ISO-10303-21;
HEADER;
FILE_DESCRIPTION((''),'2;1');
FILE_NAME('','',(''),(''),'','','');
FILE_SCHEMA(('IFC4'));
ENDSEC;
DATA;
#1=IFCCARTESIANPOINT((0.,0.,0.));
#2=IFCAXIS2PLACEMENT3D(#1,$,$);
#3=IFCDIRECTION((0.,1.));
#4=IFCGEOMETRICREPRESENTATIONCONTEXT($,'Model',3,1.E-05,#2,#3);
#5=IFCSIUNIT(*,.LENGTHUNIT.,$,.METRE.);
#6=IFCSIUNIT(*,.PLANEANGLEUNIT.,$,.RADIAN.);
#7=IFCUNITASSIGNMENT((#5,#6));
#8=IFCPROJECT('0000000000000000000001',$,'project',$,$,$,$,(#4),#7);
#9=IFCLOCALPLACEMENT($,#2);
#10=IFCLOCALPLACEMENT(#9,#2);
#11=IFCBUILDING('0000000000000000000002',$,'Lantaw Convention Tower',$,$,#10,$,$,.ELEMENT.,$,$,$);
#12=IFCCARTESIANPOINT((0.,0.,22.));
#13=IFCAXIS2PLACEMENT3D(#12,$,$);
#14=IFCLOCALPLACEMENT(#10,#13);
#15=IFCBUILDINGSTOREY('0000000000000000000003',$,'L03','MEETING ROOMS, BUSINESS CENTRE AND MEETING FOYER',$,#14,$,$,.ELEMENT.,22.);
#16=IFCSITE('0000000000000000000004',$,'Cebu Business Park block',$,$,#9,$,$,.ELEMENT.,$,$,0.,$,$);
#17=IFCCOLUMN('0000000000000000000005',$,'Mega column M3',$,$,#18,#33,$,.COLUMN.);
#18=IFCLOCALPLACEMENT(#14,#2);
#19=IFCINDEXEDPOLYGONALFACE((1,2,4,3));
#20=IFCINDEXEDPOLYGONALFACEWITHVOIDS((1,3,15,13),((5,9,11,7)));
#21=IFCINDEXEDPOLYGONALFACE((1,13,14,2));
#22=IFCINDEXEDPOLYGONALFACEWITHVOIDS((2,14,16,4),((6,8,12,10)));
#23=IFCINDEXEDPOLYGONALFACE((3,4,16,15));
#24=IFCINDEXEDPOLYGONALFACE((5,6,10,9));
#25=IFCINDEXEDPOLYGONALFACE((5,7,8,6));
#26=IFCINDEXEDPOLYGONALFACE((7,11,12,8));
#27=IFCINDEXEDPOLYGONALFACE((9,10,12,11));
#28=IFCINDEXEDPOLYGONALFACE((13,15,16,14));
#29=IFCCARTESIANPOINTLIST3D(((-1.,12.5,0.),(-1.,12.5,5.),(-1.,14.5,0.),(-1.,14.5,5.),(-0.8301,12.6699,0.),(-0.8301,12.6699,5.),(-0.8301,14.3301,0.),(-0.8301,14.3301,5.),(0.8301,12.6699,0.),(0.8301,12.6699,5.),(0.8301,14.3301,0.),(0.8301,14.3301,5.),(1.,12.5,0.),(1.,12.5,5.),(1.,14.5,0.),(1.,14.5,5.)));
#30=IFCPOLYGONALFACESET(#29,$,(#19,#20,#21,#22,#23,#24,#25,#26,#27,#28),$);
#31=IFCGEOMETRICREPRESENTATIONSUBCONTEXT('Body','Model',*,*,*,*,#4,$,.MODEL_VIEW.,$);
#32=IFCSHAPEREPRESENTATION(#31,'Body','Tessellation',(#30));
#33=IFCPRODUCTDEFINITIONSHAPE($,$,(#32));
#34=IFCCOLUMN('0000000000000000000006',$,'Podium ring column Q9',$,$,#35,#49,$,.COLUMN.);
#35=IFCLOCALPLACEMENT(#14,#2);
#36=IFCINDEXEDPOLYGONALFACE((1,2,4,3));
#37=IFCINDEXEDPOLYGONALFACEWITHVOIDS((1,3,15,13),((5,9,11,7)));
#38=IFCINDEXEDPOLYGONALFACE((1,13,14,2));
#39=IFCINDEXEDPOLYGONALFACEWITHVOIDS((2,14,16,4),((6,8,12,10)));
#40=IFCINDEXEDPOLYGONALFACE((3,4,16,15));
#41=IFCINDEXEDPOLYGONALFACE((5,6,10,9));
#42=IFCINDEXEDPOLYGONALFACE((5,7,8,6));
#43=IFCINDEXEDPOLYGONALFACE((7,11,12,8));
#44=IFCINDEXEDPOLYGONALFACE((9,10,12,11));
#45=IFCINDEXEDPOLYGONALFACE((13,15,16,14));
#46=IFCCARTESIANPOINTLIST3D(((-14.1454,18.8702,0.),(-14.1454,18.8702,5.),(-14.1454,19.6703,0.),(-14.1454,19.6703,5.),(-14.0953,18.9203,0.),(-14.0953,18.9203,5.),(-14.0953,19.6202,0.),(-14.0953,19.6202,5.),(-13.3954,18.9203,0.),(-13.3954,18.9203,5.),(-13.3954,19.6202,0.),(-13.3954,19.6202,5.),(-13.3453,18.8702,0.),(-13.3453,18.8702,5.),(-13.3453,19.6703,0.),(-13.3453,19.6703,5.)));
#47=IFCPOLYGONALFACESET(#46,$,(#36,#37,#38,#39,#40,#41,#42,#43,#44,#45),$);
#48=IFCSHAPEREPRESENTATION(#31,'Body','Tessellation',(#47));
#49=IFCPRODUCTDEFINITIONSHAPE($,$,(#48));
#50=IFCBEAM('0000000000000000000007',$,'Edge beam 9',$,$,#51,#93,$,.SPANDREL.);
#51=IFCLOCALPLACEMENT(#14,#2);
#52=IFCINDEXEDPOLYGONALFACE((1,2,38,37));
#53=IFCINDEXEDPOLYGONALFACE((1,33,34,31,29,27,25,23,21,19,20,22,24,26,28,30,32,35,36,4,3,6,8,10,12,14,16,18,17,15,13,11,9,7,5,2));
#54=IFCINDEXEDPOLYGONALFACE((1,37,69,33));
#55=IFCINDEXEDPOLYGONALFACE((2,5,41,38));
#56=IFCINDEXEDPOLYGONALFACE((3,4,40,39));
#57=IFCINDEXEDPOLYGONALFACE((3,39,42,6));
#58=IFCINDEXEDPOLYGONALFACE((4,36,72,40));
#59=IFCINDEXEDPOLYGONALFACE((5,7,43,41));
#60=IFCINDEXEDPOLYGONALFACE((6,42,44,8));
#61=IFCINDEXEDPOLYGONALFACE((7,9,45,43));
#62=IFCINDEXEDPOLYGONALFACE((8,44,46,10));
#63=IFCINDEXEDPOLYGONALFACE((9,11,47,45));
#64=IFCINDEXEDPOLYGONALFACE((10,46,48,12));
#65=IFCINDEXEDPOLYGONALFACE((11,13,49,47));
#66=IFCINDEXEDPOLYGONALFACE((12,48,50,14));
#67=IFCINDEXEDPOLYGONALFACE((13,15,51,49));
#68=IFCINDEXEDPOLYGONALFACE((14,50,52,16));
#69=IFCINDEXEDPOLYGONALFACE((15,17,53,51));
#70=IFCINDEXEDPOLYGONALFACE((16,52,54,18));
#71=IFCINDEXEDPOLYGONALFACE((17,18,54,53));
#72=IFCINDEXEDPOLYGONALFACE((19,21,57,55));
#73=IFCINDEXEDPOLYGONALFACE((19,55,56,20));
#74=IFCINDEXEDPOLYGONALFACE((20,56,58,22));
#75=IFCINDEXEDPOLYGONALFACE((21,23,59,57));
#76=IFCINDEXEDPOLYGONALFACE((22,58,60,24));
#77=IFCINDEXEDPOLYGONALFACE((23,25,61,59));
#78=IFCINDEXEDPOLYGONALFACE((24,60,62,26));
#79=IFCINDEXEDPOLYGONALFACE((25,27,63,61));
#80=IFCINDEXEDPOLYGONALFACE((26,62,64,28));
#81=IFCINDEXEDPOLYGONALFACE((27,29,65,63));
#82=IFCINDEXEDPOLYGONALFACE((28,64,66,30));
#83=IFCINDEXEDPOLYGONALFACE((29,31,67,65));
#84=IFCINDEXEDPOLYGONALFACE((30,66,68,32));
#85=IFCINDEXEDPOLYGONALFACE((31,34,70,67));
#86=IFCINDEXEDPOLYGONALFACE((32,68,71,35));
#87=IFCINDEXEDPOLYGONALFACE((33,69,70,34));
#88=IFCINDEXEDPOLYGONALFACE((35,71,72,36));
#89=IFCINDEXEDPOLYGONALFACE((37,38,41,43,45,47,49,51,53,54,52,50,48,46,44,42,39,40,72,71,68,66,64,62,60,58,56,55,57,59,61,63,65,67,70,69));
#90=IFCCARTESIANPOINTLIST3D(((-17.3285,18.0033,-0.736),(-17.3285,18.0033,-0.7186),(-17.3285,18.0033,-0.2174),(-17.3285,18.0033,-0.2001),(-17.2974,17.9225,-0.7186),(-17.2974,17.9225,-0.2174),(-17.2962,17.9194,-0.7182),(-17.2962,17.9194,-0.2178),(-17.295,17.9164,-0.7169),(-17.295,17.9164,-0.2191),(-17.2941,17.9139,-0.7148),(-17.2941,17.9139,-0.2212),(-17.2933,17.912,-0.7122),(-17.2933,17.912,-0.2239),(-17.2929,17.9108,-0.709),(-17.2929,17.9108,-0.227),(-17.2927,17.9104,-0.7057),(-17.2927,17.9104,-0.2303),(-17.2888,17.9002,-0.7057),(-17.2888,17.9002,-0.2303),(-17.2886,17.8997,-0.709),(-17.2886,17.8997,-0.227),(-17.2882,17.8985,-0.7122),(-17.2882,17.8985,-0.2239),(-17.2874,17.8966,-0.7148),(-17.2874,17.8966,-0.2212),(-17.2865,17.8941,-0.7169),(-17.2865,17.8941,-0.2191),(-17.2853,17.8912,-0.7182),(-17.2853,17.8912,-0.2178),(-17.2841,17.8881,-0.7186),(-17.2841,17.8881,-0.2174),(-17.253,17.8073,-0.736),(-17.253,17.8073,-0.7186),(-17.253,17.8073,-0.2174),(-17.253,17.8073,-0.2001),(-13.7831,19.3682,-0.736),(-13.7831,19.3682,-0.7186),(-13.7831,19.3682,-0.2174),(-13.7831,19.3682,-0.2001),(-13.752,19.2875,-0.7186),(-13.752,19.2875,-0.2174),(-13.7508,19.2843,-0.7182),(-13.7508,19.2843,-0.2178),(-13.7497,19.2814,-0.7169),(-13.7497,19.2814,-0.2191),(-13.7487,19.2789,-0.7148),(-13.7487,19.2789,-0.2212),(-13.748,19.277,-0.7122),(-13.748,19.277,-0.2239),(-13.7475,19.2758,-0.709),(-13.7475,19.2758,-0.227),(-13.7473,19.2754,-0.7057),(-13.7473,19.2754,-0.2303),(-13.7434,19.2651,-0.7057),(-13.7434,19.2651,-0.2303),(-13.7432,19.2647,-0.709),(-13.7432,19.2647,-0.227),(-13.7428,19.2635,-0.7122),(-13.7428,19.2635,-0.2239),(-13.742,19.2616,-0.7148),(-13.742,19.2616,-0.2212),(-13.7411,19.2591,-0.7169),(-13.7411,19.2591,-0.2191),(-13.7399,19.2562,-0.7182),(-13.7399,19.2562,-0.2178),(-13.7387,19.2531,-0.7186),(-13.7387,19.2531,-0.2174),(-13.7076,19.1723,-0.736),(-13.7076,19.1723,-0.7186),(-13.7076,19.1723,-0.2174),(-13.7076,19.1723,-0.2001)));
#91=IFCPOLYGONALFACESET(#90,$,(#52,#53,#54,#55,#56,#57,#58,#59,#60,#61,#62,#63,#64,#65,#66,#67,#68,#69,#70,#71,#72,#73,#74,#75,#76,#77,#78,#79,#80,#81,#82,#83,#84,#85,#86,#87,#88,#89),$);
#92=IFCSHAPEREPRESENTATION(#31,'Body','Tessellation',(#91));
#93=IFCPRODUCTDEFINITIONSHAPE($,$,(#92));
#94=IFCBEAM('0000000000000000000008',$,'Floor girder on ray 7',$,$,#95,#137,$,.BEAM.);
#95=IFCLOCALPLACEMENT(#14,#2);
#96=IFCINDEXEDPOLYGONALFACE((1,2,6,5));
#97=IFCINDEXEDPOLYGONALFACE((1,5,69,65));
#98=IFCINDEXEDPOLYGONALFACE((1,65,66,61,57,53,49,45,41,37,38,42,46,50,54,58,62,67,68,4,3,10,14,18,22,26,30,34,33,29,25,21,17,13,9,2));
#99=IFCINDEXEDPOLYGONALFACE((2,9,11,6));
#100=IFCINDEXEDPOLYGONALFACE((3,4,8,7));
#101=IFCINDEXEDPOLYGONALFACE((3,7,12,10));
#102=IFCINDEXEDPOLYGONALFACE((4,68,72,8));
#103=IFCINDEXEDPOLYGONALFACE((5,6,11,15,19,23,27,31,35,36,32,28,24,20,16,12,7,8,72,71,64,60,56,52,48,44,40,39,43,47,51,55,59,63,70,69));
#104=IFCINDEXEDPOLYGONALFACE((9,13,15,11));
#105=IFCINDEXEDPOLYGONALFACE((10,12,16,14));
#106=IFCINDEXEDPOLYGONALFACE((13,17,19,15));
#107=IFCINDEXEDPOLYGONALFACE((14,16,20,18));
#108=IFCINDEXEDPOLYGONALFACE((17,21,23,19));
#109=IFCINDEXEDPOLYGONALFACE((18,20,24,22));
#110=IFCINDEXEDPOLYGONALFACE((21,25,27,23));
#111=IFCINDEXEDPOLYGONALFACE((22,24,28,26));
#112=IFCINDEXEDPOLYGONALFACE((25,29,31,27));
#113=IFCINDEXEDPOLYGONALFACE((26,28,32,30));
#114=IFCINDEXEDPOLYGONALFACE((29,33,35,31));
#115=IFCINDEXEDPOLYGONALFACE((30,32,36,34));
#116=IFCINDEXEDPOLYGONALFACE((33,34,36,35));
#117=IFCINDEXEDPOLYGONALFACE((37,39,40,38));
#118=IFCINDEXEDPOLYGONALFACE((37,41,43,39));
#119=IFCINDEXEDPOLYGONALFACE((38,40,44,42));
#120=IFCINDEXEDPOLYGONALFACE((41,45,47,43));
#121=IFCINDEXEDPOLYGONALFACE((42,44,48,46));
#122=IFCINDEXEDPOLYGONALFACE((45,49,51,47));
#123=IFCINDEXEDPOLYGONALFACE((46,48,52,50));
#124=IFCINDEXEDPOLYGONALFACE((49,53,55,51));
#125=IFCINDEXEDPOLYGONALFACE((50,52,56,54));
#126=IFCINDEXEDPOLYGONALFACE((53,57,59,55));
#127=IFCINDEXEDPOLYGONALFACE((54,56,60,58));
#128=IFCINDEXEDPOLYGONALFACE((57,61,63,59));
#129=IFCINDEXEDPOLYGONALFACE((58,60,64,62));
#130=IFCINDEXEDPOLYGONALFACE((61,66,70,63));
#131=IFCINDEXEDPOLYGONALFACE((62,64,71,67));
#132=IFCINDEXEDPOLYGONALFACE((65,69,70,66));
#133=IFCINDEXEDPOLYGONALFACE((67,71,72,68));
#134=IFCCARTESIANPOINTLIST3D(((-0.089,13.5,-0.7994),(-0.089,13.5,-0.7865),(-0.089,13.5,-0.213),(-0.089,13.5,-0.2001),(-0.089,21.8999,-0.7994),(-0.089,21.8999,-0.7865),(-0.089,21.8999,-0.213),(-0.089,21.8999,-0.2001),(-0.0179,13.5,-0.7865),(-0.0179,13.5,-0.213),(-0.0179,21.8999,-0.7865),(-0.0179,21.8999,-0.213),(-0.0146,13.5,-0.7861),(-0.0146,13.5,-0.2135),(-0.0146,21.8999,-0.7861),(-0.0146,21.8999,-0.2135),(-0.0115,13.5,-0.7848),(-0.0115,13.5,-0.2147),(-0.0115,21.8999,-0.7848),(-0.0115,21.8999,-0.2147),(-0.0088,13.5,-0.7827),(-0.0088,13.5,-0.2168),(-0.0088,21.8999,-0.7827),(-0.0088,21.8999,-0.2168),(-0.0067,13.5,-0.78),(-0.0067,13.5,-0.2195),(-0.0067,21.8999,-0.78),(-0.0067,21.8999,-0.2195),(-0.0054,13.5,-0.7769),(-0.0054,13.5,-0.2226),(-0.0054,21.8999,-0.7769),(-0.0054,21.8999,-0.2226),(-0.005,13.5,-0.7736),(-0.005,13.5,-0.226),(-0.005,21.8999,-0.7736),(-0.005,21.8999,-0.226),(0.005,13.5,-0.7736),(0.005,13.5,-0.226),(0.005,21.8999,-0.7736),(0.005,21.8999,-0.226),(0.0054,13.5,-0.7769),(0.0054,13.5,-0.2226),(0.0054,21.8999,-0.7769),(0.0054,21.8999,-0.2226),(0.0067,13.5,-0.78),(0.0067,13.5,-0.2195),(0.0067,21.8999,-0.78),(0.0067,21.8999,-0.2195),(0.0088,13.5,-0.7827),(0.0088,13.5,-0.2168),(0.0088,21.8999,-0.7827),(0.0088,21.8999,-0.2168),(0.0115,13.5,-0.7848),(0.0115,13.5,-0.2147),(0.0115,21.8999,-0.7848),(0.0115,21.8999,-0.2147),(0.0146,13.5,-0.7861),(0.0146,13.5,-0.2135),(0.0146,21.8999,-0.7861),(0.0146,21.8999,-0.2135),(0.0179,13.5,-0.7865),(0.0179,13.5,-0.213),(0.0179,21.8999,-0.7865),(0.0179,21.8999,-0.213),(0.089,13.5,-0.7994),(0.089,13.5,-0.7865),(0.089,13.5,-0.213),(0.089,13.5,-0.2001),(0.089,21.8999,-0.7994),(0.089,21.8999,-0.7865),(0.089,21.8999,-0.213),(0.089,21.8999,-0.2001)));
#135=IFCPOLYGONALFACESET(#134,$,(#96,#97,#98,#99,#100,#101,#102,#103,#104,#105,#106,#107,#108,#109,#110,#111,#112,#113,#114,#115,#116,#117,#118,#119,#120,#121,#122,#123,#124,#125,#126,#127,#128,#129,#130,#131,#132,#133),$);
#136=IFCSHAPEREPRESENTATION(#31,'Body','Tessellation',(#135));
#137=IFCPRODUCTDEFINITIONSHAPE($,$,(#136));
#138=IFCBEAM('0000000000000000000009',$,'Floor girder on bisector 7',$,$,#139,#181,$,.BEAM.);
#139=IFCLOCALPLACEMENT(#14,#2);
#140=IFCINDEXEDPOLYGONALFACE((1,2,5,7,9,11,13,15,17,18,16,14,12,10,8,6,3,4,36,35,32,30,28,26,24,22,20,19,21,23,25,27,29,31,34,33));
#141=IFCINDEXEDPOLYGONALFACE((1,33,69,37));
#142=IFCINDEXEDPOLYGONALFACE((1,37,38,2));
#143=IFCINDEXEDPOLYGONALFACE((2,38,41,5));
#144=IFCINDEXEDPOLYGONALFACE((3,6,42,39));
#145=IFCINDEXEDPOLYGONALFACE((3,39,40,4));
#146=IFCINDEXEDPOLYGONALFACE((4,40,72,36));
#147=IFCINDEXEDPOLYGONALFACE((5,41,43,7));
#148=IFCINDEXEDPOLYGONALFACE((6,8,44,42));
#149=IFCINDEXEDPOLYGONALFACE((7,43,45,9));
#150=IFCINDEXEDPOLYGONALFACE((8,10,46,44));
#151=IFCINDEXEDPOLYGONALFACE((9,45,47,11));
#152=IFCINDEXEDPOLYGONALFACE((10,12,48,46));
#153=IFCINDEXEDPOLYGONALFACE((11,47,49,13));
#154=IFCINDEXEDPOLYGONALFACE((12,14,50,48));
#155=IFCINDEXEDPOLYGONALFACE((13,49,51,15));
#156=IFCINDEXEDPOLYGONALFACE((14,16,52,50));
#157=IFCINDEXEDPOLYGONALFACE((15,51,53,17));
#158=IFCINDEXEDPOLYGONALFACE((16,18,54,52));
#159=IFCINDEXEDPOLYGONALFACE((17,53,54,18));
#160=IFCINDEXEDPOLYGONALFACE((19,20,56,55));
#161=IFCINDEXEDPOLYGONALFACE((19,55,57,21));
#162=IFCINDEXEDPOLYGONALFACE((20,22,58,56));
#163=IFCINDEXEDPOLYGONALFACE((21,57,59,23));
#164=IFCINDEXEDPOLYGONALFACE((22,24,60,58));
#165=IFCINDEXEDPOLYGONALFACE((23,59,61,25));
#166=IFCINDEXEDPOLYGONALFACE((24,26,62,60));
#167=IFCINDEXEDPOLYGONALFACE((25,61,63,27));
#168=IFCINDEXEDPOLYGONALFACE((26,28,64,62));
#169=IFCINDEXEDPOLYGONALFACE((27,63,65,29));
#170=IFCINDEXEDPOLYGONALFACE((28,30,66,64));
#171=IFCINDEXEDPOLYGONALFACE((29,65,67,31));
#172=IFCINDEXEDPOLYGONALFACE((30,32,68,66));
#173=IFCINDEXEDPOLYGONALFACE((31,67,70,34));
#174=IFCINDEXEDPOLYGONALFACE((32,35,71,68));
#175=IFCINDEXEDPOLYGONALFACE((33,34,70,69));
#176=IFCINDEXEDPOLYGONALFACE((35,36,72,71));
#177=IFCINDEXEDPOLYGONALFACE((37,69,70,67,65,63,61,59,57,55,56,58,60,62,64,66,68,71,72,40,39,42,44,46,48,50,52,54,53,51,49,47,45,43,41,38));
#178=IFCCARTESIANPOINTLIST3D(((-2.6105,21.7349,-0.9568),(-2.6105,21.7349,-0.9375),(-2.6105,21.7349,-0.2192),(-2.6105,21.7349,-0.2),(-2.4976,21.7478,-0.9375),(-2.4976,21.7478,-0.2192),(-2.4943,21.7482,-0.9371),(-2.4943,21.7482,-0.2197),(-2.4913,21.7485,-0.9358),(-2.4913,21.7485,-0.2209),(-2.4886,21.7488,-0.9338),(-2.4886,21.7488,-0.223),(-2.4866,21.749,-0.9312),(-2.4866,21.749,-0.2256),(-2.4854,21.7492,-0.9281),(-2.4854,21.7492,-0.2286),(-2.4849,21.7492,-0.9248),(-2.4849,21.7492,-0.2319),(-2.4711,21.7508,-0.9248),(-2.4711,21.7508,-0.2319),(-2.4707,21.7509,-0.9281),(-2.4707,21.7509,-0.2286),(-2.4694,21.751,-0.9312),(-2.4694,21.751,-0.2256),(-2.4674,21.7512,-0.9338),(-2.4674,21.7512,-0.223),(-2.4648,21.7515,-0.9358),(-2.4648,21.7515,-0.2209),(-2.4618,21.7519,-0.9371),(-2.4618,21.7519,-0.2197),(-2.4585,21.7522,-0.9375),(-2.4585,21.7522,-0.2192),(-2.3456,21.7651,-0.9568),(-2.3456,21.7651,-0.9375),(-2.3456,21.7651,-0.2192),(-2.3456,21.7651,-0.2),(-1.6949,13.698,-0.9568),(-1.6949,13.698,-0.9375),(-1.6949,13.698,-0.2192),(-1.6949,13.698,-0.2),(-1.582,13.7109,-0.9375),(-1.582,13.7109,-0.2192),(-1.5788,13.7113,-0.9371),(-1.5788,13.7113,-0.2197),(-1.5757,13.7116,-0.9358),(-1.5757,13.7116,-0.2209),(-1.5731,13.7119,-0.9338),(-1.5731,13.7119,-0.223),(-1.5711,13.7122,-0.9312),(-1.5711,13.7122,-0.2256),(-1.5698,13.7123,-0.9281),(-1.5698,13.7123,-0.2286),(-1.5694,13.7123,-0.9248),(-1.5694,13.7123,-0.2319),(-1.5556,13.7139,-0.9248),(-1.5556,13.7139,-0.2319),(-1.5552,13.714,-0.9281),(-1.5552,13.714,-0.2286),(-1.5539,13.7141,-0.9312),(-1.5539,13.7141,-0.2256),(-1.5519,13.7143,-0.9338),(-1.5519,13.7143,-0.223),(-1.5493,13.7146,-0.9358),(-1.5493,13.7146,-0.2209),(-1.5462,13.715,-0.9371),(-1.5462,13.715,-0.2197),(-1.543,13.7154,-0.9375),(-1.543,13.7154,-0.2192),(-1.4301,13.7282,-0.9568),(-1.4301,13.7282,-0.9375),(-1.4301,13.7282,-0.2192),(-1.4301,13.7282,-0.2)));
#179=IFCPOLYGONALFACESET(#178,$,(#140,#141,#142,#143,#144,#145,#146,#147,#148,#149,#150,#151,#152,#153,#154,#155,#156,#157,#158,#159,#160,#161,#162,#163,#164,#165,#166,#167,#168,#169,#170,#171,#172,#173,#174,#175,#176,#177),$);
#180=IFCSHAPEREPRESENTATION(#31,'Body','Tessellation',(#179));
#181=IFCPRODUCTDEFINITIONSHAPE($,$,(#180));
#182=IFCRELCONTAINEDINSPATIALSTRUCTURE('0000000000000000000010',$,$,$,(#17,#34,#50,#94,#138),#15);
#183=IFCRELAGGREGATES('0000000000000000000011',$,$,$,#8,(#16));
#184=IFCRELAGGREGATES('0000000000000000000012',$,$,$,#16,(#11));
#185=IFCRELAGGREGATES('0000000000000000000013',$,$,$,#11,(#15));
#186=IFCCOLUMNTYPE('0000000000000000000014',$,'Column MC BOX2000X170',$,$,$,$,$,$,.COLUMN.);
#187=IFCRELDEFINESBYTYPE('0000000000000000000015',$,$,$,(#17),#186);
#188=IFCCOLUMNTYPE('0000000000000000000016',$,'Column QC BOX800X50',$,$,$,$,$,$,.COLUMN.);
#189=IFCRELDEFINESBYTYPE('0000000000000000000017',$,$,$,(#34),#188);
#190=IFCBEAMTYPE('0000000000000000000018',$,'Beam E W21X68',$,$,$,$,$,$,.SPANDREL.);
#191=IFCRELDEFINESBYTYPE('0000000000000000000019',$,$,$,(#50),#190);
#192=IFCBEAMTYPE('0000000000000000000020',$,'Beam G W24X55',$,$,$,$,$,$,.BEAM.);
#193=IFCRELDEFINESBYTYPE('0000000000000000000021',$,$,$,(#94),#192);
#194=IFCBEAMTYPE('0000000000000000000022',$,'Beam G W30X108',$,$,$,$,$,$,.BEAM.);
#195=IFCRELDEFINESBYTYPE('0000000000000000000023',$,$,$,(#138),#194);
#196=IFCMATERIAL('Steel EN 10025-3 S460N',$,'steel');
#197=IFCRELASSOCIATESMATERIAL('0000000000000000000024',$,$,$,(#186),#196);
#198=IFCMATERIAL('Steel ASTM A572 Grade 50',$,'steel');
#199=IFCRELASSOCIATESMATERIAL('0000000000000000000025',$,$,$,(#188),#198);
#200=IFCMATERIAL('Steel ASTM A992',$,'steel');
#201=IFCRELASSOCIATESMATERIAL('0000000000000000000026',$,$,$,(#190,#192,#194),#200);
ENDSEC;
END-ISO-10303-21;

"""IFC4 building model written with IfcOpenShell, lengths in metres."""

from ifc_helpers import new_model, si_unit, direction, frame, origin, origin_2d, place, context, subcontext, project, spatial, rectangle, hollow_rectangle, i_section, extrude, material, material_profile, profile_set, type_object, element, save


model = new_model("IFC4")

# Units and contexts
model_context = context("Model", 3, precision=1e-05, world=origin(), true_north=direction((0.0, 1.0)))
body_context = subcontext(model_context, "Body", "Model", "MODEL_VIEW")
ifc_project = project(units=[si_unit("LENGTHUNIT", "METRE"), si_unit("PLANEANGLEUNIT", "RADIAN")], contexts=[model_context])

# Site, building, storey
site_placement = place(None, origin())
site = spatial("IfcSite", under=ifc_project, at=site_placement, Name="Cebu Business Park block", CompositionType="ELEMENT", RefElevation=0.0)
building_placement = place(site_placement, origin())
building = spatial("IfcBuilding", under=site, at=building_placement, Name="Lantaw Convention Tower", CompositionType="ELEMENT")
storey_placement = place(building_placement, frame((0.0, 0.0, 22.0)))
storey = spatial("IfcBuildingStorey", under=building, at=storey_placement, Name="L03", Description="MEETING ROOMS, BUSINESS CENTRE AND MEETING FOYER", CompositionType="ELEMENT", Elevation=22.0)

# Columns
ifc_material_1 = material(Name="Steel EN 10025-3 S460N", Category="steel")
ifc_material_profile_1 = material_profile(ifc_material_1, hollow_rectangle(XDim=2.0, YDim=2.0, WallThickness=0.1699, at=origin_2d()), Name="BOX2000X170")
ifc_material_2 = material(Name="Concrete C60/75", Category="concrete")
ifc_material_profile_2 = material_profile(ifc_material_2, rectangle(XDim=1.6599, YDim=1.6599, at=origin_2d()), Name="Concrete fill of BOX2000X170")
ifc_profile_set_1 = profile_set([ifc_material_profile_1, ifc_material_profile_2], Name="Steel EN 10025-3 S460N")
column_type_1 = type_object("IfcColumnType", Name="Column MC BOX2000X170", PredefinedType="COLUMN", material=ifc_profile_set_1)
column_1_placement = place(storey_placement, frame((0.0, 13.5, 0.0), z_axis=(0.0, 0.0, 1.0), x_axis=(1.0, 0.0, 0.0)))
element("IfcColumn", 1, at=column_1_placement, inside=storey, type_object=column_type_1, Name="Mega column M3", PredefinedType="COLUMN", context=body_context, shape_type="SweptSolid", body=[
    extrude(hollow_rectangle(XDim=2.0, YDim=2.0, WallThickness=0.1699, at=origin_2d()), origin(), (0.0, 0.0, 1.0), 5.0),
])
ifc_material_3 = material(Name="Steel ASTM A572 Grade 50", Category="steel")
ifc_material_profile_3 = material_profile(ifc_material_3, hollow_rectangle(XDim=0.8, YDim=0.8, WallThickness=0.05, at=origin_2d()), Name="BOX800X50")
ifc_profile_set_2 = profile_set([ifc_material_profile_3], Name="Steel ASTM A572 Grade 50")
column_type_2 = type_object("IfcColumnType", Name="Column QC BOX800X50", PredefinedType="COLUMN", material=ifc_profile_set_2)
column_2_placement = place(storey_placement, frame((-13.7454, 19.2703, 0.0), z_axis=(0.0, 0.0, 1.0), x_axis=(1.0, 0.0, 0.0)))
element("IfcColumn", 2, at=column_2_placement, inside=storey, type_object=column_type_2, Name="Podium ring column Q9", PredefinedType="COLUMN", context=body_context, shape_type="SweptSolid", body=[
    extrude(hollow_rectangle(XDim=0.8, YDim=0.8, WallThickness=0.05, at=origin_2d()), origin(), (0.0, 0.0, 1.0), 5.0),
])

# Beams
ifc_material_4 = material(Name="Steel ASTM A992", Category="steel")
ifc_material_profile_4 = material_profile(ifc_material_4, i_section(OverallWidth=0.21, OverallDepth=0.5359, WebThickness=0.011, FlangeThickness=0.0173, FilletRadius=0.0129, at=origin_2d()), Name="W21X68")
ifc_profile_set_3 = profile_set([ifc_material_profile_4], Name="Steel ASTM A992")
beam_type_1 = type_object("IfcBeamType", Name="Beam E W21X68", PredefinedType="SPANDREL", material=ifc_profile_set_3)
beam_1_placement = place(storey_placement, frame((-13.7454, 19.2703, -0.468), z_axis=(-0.933225, -0.359293, 0.0), x_axis=(0.359293, -0.933225, 0.0)))
element("IfcBeam", 3, at=beam_1_placement, inside=storey, type_object=beam_type_1, Name="Edge beam 9", PredefinedType="SPANDREL", context=body_context, shape_type="SweptSolid", body=[
    extrude(i_section(OverallWidth=0.21, OverallDepth=0.5359, WebThickness=0.011, FlangeThickness=0.0173, FilletRadius=0.0129, at=origin_2d()), origin(), (0.0, 0.0, 1.0), 3.7991),
])
ifc_material_profile_5 = material_profile(ifc_material_4, i_section(OverallWidth=0.178, OverallDepth=0.5994, WebThickness=0.01, FlangeThickness=0.0129, FilletRadius=0.0129, at=origin_2d()), Name="W24X55")
ifc_profile_set_4 = profile_set([ifc_material_profile_5], Name="Steel ASTM A992")
beam_type_2 = type_object("IfcBeamType", Name="Beam G W24X55", PredefinedType="BEAM", material=ifc_profile_set_4)
beam_2_placement = place(storey_placement, frame((0.0, 13.5, -0.4998), z_axis=(0.0, 1.0, 0.0), x_axis=(-1.0, 0.0, 0.0)))
element("IfcBeam", 4, at=beam_2_placement, inside=storey, type_object=beam_type_2, Name="Floor girder on ray 7", PredefinedType="BEAM", context=body_context, shape_type="SweptSolid", body=[
    extrude(i_section(OverallWidth=0.178, OverallDepth=0.5994, WebThickness=0.01, FlangeThickness=0.0129, FilletRadius=0.0129, at=origin_2d()), origin(), (0.0, 0.0, 1.0), 8.3999),
])
ifc_material_profile_6 = material_profile(ifc_material_4, i_section(OverallWidth=0.2666, OverallDepth=0.7568, WebThickness=0.0139, FlangeThickness=0.0193, FilletRadius=0.0127, at=origin_2d()), Name="W30X108")
ifc_profile_set_5 = profile_set([ifc_material_profile_6], Name="Steel ASTM A992")
beam_type_3 = type_object("IfcBeamType", Name="Beam G W30X108", PredefinedType="BEAM", material=ifc_profile_set_5)
beam_3_placement = place(storey_placement, frame((-1.5625, 13.7131, -0.5784), z_axis=(-0.113184, 0.993574, 0.0), x_axis=(-0.993574, -0.113184, 0.0)))
element("IfcBeam", 5, at=beam_3_placement, inside=storey, type_object=beam_type_3, Name="Floor girder on bisector 7", PredefinedType="BEAM", context=body_context, shape_type="SweptSolid", body=[
    extrude(i_section(OverallWidth=0.2666, OverallDepth=0.7568, WebThickness=0.0139, FlangeThickness=0.0193, FilletRadius=0.0127, at=origin_2d()), origin(), (0.0, 0.0, 1.0), 8.0889),
])

save(model, "model.ifc")
